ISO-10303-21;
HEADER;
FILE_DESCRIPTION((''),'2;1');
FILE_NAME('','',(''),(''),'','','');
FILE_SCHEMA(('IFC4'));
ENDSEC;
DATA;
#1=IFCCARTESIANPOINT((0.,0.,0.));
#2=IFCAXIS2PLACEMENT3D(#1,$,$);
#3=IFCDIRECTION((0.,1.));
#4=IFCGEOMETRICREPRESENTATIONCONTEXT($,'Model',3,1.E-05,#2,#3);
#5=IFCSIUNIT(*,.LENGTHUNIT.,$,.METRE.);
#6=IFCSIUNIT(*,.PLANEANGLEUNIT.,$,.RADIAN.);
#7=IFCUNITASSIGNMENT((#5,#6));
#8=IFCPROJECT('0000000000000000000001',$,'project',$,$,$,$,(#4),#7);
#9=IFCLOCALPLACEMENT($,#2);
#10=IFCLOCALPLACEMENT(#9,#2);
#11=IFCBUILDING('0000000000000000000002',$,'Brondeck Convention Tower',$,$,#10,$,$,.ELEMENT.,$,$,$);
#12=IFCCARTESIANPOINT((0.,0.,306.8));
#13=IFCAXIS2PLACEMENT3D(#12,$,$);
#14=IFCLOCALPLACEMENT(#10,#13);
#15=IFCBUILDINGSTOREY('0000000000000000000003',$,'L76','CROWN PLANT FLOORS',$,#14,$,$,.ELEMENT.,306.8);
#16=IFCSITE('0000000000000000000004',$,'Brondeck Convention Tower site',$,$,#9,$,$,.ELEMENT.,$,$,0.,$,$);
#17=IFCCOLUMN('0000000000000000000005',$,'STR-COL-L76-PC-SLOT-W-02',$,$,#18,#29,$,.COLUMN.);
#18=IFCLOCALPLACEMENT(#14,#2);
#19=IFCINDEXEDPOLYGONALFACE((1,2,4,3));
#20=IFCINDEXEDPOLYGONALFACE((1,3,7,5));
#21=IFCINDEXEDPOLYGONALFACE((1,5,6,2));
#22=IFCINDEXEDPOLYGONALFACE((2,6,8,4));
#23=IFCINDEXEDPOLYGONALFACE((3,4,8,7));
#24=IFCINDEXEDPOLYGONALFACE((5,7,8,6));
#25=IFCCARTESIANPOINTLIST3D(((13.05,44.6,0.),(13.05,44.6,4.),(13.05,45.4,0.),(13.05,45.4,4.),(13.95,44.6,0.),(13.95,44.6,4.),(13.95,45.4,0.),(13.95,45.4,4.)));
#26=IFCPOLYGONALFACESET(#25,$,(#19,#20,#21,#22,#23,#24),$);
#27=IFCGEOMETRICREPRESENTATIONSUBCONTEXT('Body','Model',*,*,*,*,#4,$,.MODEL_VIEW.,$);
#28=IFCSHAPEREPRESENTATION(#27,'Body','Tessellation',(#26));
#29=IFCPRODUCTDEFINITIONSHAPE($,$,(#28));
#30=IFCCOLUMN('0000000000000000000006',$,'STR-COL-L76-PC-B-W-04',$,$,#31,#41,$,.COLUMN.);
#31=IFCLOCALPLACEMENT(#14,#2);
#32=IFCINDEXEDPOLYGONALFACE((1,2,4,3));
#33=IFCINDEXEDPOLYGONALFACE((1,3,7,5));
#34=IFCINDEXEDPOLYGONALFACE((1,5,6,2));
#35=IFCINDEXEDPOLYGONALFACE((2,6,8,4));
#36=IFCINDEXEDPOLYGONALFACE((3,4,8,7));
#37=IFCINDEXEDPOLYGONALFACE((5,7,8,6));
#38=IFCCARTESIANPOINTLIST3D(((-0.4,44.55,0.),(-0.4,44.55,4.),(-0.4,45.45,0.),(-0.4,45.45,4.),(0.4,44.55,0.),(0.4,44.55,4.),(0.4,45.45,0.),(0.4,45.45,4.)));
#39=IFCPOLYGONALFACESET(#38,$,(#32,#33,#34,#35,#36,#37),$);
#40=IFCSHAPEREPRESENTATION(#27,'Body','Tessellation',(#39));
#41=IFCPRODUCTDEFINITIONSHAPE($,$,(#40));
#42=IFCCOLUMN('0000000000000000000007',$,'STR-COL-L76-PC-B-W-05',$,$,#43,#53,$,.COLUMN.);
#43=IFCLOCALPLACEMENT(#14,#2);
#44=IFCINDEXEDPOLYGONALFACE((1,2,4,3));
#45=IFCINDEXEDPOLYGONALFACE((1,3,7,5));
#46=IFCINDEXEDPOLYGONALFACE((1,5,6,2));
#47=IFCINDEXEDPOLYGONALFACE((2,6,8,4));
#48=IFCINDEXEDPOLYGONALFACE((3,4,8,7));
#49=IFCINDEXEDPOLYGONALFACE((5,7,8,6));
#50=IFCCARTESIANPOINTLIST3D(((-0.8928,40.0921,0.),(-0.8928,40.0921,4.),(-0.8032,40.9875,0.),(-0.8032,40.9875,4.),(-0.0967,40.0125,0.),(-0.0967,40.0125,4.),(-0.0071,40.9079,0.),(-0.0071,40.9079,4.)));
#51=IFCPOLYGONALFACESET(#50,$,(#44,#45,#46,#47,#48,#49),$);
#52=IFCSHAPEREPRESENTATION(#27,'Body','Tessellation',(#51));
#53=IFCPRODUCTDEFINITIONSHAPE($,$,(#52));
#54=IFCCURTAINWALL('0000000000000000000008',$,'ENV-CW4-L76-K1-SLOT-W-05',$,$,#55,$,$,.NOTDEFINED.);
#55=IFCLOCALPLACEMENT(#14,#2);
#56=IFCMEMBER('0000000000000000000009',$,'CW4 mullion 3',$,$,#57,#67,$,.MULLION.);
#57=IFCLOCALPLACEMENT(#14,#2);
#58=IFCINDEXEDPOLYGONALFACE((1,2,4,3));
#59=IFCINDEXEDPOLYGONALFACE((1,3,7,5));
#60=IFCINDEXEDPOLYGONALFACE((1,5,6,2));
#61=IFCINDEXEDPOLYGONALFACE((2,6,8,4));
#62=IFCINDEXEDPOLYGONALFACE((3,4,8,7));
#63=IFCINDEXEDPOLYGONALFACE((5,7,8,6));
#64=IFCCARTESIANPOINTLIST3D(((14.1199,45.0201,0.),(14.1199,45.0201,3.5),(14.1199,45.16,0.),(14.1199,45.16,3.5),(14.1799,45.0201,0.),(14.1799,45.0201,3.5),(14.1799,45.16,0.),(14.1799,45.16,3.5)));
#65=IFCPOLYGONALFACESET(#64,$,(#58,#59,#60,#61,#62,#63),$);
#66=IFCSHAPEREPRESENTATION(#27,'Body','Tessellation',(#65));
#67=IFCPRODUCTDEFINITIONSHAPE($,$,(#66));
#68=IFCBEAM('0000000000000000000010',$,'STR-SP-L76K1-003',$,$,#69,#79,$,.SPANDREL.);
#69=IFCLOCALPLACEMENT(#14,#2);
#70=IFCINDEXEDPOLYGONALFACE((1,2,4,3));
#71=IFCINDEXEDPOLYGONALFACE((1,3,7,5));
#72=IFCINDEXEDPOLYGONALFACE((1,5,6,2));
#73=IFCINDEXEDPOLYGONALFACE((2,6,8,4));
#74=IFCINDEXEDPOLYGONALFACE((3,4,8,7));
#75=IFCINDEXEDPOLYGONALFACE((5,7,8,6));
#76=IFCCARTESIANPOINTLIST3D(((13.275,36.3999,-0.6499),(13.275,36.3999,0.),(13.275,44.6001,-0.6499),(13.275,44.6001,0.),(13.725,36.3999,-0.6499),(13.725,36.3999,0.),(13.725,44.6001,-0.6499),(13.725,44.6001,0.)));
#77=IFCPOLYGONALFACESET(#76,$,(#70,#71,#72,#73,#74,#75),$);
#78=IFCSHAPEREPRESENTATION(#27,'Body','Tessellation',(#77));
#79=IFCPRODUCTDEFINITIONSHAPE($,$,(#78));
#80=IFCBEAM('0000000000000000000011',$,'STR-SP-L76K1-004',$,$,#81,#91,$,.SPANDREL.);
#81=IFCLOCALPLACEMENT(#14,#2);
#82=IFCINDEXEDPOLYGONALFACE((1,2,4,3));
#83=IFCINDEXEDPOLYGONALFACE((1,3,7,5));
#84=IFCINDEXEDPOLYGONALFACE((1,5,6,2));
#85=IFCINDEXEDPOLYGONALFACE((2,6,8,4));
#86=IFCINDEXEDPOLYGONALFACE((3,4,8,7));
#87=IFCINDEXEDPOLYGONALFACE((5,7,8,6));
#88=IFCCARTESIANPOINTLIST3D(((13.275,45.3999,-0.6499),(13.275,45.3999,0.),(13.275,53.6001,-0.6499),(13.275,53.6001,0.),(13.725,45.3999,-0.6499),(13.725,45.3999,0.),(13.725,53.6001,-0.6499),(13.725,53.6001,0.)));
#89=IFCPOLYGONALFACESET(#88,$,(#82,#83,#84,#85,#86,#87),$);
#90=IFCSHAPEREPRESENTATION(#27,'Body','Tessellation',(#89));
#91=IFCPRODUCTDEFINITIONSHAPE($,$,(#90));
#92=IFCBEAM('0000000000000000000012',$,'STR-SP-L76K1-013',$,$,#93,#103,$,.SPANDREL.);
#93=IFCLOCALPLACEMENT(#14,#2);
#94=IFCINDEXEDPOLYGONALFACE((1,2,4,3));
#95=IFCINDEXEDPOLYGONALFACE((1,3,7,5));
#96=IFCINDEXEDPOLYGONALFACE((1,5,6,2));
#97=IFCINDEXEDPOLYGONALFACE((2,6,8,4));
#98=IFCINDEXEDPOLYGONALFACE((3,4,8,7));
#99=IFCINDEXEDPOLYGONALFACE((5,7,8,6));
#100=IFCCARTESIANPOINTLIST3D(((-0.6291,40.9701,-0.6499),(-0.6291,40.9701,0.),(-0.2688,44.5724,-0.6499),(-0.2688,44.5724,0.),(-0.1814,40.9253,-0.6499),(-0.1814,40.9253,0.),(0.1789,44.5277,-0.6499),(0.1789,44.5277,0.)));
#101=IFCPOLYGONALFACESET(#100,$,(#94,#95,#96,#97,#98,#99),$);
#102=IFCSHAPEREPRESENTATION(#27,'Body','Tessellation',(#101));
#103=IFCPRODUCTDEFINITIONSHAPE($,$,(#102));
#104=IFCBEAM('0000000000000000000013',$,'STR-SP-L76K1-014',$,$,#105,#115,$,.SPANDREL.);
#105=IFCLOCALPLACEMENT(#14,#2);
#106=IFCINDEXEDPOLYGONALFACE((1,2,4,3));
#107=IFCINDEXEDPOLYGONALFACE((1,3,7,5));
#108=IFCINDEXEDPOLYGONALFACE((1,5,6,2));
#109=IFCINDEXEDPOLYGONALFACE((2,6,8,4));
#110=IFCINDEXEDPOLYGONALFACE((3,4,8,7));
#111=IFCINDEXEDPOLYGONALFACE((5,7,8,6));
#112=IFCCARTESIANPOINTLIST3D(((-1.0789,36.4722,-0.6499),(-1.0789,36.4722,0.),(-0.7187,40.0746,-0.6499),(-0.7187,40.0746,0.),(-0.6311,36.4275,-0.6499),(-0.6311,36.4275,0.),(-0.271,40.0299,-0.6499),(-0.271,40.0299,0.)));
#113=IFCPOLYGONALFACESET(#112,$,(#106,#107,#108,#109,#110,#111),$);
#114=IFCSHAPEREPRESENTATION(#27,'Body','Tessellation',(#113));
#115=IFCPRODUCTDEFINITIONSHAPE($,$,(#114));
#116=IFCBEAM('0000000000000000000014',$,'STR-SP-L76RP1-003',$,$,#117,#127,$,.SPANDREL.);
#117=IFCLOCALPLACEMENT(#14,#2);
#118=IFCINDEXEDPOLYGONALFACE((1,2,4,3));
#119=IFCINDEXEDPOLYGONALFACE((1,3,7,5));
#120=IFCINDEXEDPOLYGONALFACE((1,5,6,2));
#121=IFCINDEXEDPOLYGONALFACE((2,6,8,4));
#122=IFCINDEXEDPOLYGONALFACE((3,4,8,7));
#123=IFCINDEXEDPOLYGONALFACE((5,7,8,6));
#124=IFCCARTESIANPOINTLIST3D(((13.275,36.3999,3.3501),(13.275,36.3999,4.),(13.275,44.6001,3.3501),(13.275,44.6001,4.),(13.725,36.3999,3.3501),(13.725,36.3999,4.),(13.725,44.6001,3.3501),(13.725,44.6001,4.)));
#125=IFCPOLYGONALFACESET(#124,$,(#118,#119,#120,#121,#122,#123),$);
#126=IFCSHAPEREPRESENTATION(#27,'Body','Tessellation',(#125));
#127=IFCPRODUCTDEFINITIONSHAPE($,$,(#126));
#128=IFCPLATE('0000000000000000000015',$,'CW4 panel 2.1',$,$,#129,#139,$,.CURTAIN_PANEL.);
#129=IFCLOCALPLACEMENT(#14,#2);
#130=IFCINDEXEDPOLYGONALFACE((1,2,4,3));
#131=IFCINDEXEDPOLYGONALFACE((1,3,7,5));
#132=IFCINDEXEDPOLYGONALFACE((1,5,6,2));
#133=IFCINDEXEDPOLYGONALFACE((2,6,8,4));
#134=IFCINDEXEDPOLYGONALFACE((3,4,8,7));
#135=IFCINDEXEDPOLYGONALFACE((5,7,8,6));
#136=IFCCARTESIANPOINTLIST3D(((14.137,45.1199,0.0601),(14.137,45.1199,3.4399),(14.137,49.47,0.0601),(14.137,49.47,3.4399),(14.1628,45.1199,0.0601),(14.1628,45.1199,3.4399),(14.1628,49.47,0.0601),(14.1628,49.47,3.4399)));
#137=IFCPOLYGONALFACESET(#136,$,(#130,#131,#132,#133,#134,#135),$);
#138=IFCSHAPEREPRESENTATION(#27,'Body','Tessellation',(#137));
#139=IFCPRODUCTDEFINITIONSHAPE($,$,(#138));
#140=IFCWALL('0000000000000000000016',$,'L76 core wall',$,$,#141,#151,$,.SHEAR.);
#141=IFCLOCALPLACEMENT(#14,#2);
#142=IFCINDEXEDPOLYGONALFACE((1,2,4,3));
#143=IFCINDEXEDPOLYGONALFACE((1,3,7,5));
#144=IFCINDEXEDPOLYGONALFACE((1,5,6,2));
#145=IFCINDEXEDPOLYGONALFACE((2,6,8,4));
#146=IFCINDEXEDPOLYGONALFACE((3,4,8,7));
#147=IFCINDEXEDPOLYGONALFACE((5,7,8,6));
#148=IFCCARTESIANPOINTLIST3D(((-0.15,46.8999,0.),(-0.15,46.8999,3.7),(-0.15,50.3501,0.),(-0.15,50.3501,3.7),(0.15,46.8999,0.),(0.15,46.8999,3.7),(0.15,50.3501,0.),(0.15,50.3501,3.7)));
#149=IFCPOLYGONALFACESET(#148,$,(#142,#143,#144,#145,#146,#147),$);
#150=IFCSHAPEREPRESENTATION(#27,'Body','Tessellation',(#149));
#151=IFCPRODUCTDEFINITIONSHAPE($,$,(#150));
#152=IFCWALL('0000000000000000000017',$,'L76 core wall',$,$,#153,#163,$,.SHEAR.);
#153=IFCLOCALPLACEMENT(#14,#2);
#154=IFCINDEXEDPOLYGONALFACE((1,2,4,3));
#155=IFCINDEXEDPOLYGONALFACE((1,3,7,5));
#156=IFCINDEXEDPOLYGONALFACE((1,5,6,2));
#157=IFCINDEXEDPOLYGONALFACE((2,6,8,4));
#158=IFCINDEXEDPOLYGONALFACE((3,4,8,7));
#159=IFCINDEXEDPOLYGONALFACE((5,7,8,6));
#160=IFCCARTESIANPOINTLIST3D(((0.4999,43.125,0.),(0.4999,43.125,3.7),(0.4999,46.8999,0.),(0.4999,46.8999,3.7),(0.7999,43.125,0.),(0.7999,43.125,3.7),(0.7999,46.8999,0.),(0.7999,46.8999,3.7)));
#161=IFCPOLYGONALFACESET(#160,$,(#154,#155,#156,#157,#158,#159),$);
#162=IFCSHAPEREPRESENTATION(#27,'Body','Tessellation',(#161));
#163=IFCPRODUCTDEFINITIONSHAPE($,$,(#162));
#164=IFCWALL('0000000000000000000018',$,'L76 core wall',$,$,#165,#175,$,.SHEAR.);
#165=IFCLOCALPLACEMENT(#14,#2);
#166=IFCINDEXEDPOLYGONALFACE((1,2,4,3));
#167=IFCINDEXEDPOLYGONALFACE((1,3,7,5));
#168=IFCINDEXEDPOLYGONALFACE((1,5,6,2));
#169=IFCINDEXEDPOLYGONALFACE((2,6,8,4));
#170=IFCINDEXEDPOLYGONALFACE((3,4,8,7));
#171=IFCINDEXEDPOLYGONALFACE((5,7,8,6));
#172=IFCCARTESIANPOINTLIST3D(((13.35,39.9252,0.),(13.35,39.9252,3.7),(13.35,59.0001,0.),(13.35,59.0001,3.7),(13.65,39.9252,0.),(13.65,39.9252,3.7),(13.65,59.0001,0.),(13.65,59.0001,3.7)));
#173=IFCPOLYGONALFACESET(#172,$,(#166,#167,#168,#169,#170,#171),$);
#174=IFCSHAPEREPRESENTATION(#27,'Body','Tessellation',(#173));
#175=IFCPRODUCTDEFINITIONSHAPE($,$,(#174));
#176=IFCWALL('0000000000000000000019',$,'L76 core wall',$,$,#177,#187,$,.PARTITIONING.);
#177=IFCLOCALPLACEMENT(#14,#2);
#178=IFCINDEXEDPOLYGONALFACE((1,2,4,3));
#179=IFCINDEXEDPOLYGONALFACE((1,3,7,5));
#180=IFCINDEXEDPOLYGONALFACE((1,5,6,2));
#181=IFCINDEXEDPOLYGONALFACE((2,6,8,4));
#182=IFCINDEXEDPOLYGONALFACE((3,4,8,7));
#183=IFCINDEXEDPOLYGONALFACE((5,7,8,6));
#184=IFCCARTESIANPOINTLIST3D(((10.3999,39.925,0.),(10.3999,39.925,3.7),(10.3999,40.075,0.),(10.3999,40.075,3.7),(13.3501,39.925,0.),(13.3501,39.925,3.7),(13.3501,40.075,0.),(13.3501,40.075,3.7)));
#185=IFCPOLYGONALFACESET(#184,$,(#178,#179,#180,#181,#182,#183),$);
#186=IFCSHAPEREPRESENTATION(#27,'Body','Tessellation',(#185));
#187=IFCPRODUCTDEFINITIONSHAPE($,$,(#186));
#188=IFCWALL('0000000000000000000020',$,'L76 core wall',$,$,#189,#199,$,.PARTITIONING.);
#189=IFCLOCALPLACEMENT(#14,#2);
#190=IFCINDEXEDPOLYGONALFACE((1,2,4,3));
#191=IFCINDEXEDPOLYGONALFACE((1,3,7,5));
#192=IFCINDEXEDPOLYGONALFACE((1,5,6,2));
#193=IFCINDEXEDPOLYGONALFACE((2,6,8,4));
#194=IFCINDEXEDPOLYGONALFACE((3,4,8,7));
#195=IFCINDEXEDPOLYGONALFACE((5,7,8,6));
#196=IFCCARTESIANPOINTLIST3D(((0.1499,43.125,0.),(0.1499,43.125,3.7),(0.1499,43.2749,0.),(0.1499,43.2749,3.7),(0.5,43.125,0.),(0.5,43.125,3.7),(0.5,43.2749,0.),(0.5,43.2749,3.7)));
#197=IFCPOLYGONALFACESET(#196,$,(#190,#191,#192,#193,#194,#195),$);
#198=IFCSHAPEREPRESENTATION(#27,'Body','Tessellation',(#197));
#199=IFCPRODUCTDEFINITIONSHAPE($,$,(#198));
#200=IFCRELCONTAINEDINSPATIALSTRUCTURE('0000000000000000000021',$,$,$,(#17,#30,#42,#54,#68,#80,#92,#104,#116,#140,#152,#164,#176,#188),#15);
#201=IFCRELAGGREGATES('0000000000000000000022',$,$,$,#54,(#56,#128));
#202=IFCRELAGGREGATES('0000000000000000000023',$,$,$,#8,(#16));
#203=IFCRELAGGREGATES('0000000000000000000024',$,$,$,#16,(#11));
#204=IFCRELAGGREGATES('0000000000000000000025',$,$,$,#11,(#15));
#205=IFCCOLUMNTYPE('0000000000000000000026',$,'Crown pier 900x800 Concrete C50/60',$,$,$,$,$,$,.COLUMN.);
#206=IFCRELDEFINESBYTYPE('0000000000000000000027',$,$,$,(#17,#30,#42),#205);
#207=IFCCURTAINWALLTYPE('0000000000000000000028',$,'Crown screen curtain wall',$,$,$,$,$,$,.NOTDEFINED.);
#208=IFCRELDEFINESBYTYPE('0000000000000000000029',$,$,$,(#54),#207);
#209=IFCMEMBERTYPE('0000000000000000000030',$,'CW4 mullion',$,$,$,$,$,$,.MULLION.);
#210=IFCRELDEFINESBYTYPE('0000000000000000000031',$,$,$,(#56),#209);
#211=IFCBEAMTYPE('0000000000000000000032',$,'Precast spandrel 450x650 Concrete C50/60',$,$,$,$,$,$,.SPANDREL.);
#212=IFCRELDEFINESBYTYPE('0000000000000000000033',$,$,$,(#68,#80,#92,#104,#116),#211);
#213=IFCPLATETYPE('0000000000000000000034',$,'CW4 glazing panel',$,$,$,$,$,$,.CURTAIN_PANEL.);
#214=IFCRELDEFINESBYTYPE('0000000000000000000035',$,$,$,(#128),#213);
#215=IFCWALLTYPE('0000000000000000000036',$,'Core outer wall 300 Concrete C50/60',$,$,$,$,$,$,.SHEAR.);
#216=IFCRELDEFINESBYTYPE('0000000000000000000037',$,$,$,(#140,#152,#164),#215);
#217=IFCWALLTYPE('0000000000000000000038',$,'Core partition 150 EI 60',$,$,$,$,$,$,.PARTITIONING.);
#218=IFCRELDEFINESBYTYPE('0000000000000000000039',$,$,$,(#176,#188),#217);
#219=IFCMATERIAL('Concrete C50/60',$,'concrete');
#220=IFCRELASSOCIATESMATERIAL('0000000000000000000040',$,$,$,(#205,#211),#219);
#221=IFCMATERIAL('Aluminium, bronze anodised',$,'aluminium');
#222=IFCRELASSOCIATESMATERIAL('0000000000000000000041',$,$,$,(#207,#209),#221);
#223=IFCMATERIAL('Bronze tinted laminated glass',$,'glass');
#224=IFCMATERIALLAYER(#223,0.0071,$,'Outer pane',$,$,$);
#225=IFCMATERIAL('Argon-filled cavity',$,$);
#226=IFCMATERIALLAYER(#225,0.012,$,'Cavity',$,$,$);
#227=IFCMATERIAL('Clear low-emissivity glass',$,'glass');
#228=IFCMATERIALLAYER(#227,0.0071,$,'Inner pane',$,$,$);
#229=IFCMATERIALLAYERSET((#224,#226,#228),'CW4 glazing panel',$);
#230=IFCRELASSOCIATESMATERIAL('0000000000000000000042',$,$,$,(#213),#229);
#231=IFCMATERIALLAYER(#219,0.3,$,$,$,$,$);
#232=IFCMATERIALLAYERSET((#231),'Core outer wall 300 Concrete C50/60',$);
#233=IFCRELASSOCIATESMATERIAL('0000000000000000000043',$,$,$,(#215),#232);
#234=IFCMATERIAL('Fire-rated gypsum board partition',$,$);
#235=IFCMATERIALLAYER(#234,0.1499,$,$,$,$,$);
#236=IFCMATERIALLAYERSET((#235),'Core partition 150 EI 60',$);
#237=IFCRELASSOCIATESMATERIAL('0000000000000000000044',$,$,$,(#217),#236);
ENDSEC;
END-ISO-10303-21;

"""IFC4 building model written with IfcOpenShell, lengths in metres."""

from ifc_helpers import new_model, si_unit, direction, frame, frame_2d, origin, origin_2d, place, context, subcontext, project, spatial, rectangle, extrude, material, layer, layer_set, material_profile, profile_set, type_object, element, aggregate, save


model = new_model("IFC4")

# Units and contexts
model_context = context("Model", 3, precision=1e-05, world=origin(), true_north=direction((0.0, 1.0)))
body_context = subcontext(model_context, "Body", "Model", "MODEL_VIEW")
ifc_project = project(units=[si_unit("LENGTHUNIT", "METRE"), si_unit("PLANEANGLEUNIT", "RADIAN")], contexts=[model_context])

# Site, building, storey
site_placement = place(None, origin())
site = spatial("IfcSite", under=ifc_project, at=site_placement, Name="Brondeck Convention Tower site", CompositionType="ELEMENT", RefElevation=0.0)
building_placement = place(site_placement, origin())
building = spatial("IfcBuilding", under=site, at=building_placement, Name="Brondeck Convention Tower", CompositionType="ELEMENT")
storey_placement = place(building_placement, frame((0.0, 0.0, 306.8)))
storey = spatial("IfcBuildingStorey", under=building, at=storey_placement, Name="L76", Description="CROWN PLANT FLOORS", CompositionType="ELEMENT", Elevation=306.8)

# Columns
ifc_material_1 = material(Name="Concrete C50/60", Category="concrete")
ifc_material_profile_1 = material_profile(ifc_material_1, rectangle(XDim=0.8999, YDim=0.8, at=origin_2d()), Name="Crown pier 900x800 Concrete C50/60")
ifc_profile_set_1 = profile_set([ifc_material_profile_1], Name="Concrete C50/60")
column_type = type_object("IfcColumnType", Name="Crown pier 900x800 Concrete C50/60", PredefinedType="COLUMN", material=ifc_profile_set_1)
for number, where, z_axis, x_axis, name in (
    (1, (13.5, 45.0, 0.0), (0.0, 0.0, 1.0), (1.0, 0.0, 0.0), "STR-COL-L76-PC-SLOT-W-02"),
    (2, (0.0, 45.0, 0.0), (0.0, 0.0, 1.0), (0.0, -1.0, 0.0), "STR-COL-L76-PC-B-W-04"),
    (3, (-0.45, 40.5, 0.0), (0.0, 0.0, 1.0), (-0.099504, -0.995037, 0.0), "STR-COL-L76-PC-B-W-05"),
):
    element("IfcColumn", number, at=place(storey_placement, frame(where, z_axis=z_axis, x_axis=x_axis)), inside=storey, type_object=column_type, Name=name, PredefinedType="COLUMN", context=body_context, shape_type="SweptSolid", body=[
        extrude(rectangle(XDim=0.8999, YDim=0.8, at=origin_2d()), origin(), (0.0, 0.0, 1.0), 4.0),
    ])

# Curtain wall, member
ifc_material_2 = material(Name="Aluminium, bronze anodised", Category="aluminium")
curtain_wall_type = type_object("IfcCurtainWallType", Name="Crown screen curtain wall", PredefinedType="NOTDEFINED", material=ifc_material_2)
curtain_wall_placement = place(storey_placement, origin())
curtain_wall = element("IfcCurtainWall", 4, at=curtain_wall_placement, inside=storey, type_object=curtain_wall_type, Name="ENV-CW4-L76-K1-SLOT-W-05", PredefinedType="NOTDEFINED")
ifc_material_profile_2 = material_profile(ifc_material_2, rectangle(XDim=0.0601, YDim=0.1399, at=origin_2d()), Name="CW4 mullion")
ifc_profile_set_2 = profile_set([ifc_material_profile_2], Name="Aluminium, bronze anodised")
member_type = type_object("IfcMemberType", Name="CW4 mullion", PredefinedType="MULLION", material=ifc_profile_set_2)
member_placement = place(storey_placement, frame((14.1499, 45.0901, 0.0), z_axis=(0.0, 0.0, 1.0), x_axis=(1.0, 0.0, 0.0)))
member = element("IfcMember", 5, at=member_placement, type_object=member_type, Name="CW4 mullion 3", PredefinedType="MULLION", context=body_context, shape_type="SweptSolid", body=[
    extrude(rectangle(XDim=0.0601, YDim=0.1399, at=origin_2d()), origin(), (0.0, 0.0, 1.0), 3.5),
])

# Beams
ifc_material_profile_3 = material_profile(ifc_material_1, rectangle(XDim=0.45, YDim=0.6499, at=origin_2d()), Name="Precast spandrel 450x650 Concrete C50/60")
ifc_profile_set_3 = profile_set([ifc_material_profile_3], Name="Concrete C50/60")
beam_type = type_object("IfcBeamType", Name="Precast spandrel 450x650 Concrete C50/60", PredefinedType="SPANDREL", material=ifc_profile_set_3)
for number, where, z_axis, x_axis, name in (
    (6, (13.5, 36.3999, -0.325), (0.0, 1.0, 0.0), (-1.0, 0.0, 0.0), "STR-SP-L76K1-003"),
    (7, (13.5, 45.3999, -0.325), (0.0, 1.0, 0.0), (-1.0, 0.0, 0.0), "STR-SP-L76K1-004"),
):
    element("IfcBeam", number, at=place(storey_placement, frame(where, z_axis=z_axis, x_axis=x_axis)), inside=storey, type_object=beam_type, Name=name, PredefinedType="SPANDREL", context=body_context, shape_type="SweptSolid", body=[
        extrude(rectangle(XDim=0.45, YDim=0.6499, at=origin_2d()), origin(), (0.0, 0.0, 1.0), 8.2002),
    ])
for number, where, z_axis, x_axis, name in (
    (8, (-0.0449, 44.55, -0.325), (-0.099537, -0.995034, 0.0), (0.995034, -0.099537, 0.0), "STR-SP-L76K1-013"),
    (9, (-0.4949, 40.0522, -0.325), (-0.09947, -0.995041, 0.0), (0.995041, -0.09947, 0.0), "STR-SP-L76K1-014"),
):
    element("IfcBeam", number, at=place(storey_placement, frame(where, z_axis=z_axis, x_axis=x_axis)), inside=storey, type_object=beam_type, Name=name, PredefinedType="SPANDREL", context=body_context, shape_type="SweptSolid", body=[
        extrude(rectangle(XDim=0.45, YDim=0.6499, at=origin_2d()), origin(), (0.0, 0.0, 1.0), 3.6204),
    ])
beam_placement = place(storey_placement, frame((13.5, 36.3999, 3.675), z_axis=(0.0, 1.0, 0.0), x_axis=(-1.0, 0.0, 0.0)))
element("IfcBeam", 10, at=beam_placement, inside=storey, type_object=beam_type, Name="STR-SP-L76RP1-003", PredefinedType="SPANDREL", context=body_context, shape_type="SweptSolid", body=[
    extrude(rectangle(XDim=0.45, YDim=0.6499, at=origin_2d()), origin(), (0.0, 0.0, 1.0), 8.2002),
])

# Plate
ifc_material_3 = material(Name="Bronze tinted laminated glass", Category="glass")
ifc_layer_1 = layer(ifc_material_3, 0.0071, Name="Outer pane")
ifc_material_4 = material(Name="Argon-filled cavity")
ifc_layer_2 = layer(ifc_material_4, 0.012, Name="Cavity")
ifc_material_5 = material(Name="Clear low-emissivity glass", Category="glass")
ifc_layer_3 = layer(ifc_material_5, 0.0071, Name="Inner pane")
ifc_layer_set_1 = layer_set([ifc_layer_1, ifc_layer_2, ifc_layer_3], Name="CW4 glazing panel")
plate_type = type_object("IfcPlateType", Name="CW4 glazing panel", PredefinedType="CURTAIN_PANEL", material=ifc_layer_set_1)
plate_placement = place(storey_placement, frame((14.1499, 47.2949, 0.0601), z_axis=(0.0, 0.0, 1.0), x_axis=(0.0, -1.0, 0.0)))
plate = element("IfcPlate", 11, at=plate_placement, type_object=plate_type, Name="CW4 panel 2.1", PredefinedType="CURTAIN_PANEL", context=body_context, shape_type="SweptSolid", body=[
    extrude(rectangle(XDim=4.3501, YDim=0.0259, at=origin_2d()), origin(), (0.0, 0.0, 1.0), 3.3799),
])
aggregate(curtain_wall, [member, plate])

# Walls
ifc_layer_4 = layer(ifc_material_1, 0.3)
ifc_layer_set_2 = layer_set([ifc_layer_4], Name="Core outer wall 300 Concrete C50/60")
wall_type_1 = type_object("IfcWallType", Name="Core outer wall 300 Concrete C50/60", PredefinedType="SHEAR", material=ifc_layer_set_2)
wall_1_placement = place(storey_placement, frame((0.0, 46.8999, 0.0), z_axis=(0.0, 0.0, 1.0), x_axis=(0.0, 1.0, 0.0)))
element("IfcWall", 12, at=wall_1_placement, inside=storey, type_object=wall_type_1, Name="L76 core wall", PredefinedType="SHEAR", context=body_context, shape_type="SweptSolid", body=[
    extrude(rectangle(XDim=3.4502, YDim=0.3, at=frame_2d((1.7251, 0.0))), origin(), (0.0, 0.0, 1.0), 3.7),
])
wall_2_placement = place(storey_placement, frame((0.6499, 43.125, 0.0), z_axis=(0.0, 0.0, 1.0), x_axis=(0.0, 1.0, 0.0)))
element("IfcWall", 13, at=wall_2_placement, inside=storey, type_object=wall_type_1, Name="L76 core wall", PredefinedType="SHEAR", context=body_context, shape_type="SweptSolid", body=[
    extrude(rectangle(XDim=3.7749, YDim=0.3, at=frame_2d((1.8875, 0.0))), origin(), (0.0, 0.0, 1.0), 3.7),
])
wall_3_placement = place(storey_placement, frame((13.5, 39.925, 0.0), z_axis=(0.0, 0.0, 1.0), x_axis=(0.0, 1.0, 0.0)))
element("IfcWall", 14, at=wall_3_placement, inside=storey, type_object=wall_type_1, Name="L76 core wall", PredefinedType="SHEAR", context=body_context, shape_type="SweptSolid", body=[
    extrude(rectangle(XDim=19.075, YDim=0.3, at=frame_2d((9.5376, 0.0))), origin(), (0.0, 0.0, 1.0), 3.7),
])
ifc_material_6 = material(Name="Fire-rated gypsum board partition")
ifc_layer_5 = layer(ifc_material_6, 0.1499)
ifc_layer_set_3 = layer_set([ifc_layer_5], Name="Core partition 150 EI 60")
wall_type_2 = type_object("IfcWallType", Name="Core partition 150 EI 60", PredefinedType="PARTITIONING", material=ifc_layer_set_3)
wall_4_placement = place(storey_placement, frame((10.3999, 40.0, 0.0), z_axis=(0.0, 0.0, 1.0), x_axis=(1.0, 0.0, 0.0)))
element("IfcWall", 15, at=wall_4_placement, inside=storey, type_object=wall_type_2, Name="L76 core wall", PredefinedType="PARTITIONING", context=body_context, shape_type="SweptSolid", body=[
    extrude(rectangle(XDim=2.9502, YDim=0.1499, at=frame_2d((1.4751, 0.0))), origin(), (0.0, 0.0, 1.0), 3.7),
])
wall_5_placement = place(storey_placement, frame((0.1499, 43.2, 0.0), z_axis=(0.0, 0.0, 1.0), x_axis=(1.0, 0.0, 0.0)))
element("IfcWall", 16, at=wall_5_placement, inside=storey, type_object=wall_type_2, Name="L76 core wall", PredefinedType="PARTITIONING", context=body_context, shape_type="SweptSolid", body=[
    extrude(rectangle(XDim=0.3501, YDim=0.1499, at=frame_2d((0.175, 0.0))), origin(), (0.0, 0.0, 1.0), 3.7),
])

save(model, "model.ifc")
